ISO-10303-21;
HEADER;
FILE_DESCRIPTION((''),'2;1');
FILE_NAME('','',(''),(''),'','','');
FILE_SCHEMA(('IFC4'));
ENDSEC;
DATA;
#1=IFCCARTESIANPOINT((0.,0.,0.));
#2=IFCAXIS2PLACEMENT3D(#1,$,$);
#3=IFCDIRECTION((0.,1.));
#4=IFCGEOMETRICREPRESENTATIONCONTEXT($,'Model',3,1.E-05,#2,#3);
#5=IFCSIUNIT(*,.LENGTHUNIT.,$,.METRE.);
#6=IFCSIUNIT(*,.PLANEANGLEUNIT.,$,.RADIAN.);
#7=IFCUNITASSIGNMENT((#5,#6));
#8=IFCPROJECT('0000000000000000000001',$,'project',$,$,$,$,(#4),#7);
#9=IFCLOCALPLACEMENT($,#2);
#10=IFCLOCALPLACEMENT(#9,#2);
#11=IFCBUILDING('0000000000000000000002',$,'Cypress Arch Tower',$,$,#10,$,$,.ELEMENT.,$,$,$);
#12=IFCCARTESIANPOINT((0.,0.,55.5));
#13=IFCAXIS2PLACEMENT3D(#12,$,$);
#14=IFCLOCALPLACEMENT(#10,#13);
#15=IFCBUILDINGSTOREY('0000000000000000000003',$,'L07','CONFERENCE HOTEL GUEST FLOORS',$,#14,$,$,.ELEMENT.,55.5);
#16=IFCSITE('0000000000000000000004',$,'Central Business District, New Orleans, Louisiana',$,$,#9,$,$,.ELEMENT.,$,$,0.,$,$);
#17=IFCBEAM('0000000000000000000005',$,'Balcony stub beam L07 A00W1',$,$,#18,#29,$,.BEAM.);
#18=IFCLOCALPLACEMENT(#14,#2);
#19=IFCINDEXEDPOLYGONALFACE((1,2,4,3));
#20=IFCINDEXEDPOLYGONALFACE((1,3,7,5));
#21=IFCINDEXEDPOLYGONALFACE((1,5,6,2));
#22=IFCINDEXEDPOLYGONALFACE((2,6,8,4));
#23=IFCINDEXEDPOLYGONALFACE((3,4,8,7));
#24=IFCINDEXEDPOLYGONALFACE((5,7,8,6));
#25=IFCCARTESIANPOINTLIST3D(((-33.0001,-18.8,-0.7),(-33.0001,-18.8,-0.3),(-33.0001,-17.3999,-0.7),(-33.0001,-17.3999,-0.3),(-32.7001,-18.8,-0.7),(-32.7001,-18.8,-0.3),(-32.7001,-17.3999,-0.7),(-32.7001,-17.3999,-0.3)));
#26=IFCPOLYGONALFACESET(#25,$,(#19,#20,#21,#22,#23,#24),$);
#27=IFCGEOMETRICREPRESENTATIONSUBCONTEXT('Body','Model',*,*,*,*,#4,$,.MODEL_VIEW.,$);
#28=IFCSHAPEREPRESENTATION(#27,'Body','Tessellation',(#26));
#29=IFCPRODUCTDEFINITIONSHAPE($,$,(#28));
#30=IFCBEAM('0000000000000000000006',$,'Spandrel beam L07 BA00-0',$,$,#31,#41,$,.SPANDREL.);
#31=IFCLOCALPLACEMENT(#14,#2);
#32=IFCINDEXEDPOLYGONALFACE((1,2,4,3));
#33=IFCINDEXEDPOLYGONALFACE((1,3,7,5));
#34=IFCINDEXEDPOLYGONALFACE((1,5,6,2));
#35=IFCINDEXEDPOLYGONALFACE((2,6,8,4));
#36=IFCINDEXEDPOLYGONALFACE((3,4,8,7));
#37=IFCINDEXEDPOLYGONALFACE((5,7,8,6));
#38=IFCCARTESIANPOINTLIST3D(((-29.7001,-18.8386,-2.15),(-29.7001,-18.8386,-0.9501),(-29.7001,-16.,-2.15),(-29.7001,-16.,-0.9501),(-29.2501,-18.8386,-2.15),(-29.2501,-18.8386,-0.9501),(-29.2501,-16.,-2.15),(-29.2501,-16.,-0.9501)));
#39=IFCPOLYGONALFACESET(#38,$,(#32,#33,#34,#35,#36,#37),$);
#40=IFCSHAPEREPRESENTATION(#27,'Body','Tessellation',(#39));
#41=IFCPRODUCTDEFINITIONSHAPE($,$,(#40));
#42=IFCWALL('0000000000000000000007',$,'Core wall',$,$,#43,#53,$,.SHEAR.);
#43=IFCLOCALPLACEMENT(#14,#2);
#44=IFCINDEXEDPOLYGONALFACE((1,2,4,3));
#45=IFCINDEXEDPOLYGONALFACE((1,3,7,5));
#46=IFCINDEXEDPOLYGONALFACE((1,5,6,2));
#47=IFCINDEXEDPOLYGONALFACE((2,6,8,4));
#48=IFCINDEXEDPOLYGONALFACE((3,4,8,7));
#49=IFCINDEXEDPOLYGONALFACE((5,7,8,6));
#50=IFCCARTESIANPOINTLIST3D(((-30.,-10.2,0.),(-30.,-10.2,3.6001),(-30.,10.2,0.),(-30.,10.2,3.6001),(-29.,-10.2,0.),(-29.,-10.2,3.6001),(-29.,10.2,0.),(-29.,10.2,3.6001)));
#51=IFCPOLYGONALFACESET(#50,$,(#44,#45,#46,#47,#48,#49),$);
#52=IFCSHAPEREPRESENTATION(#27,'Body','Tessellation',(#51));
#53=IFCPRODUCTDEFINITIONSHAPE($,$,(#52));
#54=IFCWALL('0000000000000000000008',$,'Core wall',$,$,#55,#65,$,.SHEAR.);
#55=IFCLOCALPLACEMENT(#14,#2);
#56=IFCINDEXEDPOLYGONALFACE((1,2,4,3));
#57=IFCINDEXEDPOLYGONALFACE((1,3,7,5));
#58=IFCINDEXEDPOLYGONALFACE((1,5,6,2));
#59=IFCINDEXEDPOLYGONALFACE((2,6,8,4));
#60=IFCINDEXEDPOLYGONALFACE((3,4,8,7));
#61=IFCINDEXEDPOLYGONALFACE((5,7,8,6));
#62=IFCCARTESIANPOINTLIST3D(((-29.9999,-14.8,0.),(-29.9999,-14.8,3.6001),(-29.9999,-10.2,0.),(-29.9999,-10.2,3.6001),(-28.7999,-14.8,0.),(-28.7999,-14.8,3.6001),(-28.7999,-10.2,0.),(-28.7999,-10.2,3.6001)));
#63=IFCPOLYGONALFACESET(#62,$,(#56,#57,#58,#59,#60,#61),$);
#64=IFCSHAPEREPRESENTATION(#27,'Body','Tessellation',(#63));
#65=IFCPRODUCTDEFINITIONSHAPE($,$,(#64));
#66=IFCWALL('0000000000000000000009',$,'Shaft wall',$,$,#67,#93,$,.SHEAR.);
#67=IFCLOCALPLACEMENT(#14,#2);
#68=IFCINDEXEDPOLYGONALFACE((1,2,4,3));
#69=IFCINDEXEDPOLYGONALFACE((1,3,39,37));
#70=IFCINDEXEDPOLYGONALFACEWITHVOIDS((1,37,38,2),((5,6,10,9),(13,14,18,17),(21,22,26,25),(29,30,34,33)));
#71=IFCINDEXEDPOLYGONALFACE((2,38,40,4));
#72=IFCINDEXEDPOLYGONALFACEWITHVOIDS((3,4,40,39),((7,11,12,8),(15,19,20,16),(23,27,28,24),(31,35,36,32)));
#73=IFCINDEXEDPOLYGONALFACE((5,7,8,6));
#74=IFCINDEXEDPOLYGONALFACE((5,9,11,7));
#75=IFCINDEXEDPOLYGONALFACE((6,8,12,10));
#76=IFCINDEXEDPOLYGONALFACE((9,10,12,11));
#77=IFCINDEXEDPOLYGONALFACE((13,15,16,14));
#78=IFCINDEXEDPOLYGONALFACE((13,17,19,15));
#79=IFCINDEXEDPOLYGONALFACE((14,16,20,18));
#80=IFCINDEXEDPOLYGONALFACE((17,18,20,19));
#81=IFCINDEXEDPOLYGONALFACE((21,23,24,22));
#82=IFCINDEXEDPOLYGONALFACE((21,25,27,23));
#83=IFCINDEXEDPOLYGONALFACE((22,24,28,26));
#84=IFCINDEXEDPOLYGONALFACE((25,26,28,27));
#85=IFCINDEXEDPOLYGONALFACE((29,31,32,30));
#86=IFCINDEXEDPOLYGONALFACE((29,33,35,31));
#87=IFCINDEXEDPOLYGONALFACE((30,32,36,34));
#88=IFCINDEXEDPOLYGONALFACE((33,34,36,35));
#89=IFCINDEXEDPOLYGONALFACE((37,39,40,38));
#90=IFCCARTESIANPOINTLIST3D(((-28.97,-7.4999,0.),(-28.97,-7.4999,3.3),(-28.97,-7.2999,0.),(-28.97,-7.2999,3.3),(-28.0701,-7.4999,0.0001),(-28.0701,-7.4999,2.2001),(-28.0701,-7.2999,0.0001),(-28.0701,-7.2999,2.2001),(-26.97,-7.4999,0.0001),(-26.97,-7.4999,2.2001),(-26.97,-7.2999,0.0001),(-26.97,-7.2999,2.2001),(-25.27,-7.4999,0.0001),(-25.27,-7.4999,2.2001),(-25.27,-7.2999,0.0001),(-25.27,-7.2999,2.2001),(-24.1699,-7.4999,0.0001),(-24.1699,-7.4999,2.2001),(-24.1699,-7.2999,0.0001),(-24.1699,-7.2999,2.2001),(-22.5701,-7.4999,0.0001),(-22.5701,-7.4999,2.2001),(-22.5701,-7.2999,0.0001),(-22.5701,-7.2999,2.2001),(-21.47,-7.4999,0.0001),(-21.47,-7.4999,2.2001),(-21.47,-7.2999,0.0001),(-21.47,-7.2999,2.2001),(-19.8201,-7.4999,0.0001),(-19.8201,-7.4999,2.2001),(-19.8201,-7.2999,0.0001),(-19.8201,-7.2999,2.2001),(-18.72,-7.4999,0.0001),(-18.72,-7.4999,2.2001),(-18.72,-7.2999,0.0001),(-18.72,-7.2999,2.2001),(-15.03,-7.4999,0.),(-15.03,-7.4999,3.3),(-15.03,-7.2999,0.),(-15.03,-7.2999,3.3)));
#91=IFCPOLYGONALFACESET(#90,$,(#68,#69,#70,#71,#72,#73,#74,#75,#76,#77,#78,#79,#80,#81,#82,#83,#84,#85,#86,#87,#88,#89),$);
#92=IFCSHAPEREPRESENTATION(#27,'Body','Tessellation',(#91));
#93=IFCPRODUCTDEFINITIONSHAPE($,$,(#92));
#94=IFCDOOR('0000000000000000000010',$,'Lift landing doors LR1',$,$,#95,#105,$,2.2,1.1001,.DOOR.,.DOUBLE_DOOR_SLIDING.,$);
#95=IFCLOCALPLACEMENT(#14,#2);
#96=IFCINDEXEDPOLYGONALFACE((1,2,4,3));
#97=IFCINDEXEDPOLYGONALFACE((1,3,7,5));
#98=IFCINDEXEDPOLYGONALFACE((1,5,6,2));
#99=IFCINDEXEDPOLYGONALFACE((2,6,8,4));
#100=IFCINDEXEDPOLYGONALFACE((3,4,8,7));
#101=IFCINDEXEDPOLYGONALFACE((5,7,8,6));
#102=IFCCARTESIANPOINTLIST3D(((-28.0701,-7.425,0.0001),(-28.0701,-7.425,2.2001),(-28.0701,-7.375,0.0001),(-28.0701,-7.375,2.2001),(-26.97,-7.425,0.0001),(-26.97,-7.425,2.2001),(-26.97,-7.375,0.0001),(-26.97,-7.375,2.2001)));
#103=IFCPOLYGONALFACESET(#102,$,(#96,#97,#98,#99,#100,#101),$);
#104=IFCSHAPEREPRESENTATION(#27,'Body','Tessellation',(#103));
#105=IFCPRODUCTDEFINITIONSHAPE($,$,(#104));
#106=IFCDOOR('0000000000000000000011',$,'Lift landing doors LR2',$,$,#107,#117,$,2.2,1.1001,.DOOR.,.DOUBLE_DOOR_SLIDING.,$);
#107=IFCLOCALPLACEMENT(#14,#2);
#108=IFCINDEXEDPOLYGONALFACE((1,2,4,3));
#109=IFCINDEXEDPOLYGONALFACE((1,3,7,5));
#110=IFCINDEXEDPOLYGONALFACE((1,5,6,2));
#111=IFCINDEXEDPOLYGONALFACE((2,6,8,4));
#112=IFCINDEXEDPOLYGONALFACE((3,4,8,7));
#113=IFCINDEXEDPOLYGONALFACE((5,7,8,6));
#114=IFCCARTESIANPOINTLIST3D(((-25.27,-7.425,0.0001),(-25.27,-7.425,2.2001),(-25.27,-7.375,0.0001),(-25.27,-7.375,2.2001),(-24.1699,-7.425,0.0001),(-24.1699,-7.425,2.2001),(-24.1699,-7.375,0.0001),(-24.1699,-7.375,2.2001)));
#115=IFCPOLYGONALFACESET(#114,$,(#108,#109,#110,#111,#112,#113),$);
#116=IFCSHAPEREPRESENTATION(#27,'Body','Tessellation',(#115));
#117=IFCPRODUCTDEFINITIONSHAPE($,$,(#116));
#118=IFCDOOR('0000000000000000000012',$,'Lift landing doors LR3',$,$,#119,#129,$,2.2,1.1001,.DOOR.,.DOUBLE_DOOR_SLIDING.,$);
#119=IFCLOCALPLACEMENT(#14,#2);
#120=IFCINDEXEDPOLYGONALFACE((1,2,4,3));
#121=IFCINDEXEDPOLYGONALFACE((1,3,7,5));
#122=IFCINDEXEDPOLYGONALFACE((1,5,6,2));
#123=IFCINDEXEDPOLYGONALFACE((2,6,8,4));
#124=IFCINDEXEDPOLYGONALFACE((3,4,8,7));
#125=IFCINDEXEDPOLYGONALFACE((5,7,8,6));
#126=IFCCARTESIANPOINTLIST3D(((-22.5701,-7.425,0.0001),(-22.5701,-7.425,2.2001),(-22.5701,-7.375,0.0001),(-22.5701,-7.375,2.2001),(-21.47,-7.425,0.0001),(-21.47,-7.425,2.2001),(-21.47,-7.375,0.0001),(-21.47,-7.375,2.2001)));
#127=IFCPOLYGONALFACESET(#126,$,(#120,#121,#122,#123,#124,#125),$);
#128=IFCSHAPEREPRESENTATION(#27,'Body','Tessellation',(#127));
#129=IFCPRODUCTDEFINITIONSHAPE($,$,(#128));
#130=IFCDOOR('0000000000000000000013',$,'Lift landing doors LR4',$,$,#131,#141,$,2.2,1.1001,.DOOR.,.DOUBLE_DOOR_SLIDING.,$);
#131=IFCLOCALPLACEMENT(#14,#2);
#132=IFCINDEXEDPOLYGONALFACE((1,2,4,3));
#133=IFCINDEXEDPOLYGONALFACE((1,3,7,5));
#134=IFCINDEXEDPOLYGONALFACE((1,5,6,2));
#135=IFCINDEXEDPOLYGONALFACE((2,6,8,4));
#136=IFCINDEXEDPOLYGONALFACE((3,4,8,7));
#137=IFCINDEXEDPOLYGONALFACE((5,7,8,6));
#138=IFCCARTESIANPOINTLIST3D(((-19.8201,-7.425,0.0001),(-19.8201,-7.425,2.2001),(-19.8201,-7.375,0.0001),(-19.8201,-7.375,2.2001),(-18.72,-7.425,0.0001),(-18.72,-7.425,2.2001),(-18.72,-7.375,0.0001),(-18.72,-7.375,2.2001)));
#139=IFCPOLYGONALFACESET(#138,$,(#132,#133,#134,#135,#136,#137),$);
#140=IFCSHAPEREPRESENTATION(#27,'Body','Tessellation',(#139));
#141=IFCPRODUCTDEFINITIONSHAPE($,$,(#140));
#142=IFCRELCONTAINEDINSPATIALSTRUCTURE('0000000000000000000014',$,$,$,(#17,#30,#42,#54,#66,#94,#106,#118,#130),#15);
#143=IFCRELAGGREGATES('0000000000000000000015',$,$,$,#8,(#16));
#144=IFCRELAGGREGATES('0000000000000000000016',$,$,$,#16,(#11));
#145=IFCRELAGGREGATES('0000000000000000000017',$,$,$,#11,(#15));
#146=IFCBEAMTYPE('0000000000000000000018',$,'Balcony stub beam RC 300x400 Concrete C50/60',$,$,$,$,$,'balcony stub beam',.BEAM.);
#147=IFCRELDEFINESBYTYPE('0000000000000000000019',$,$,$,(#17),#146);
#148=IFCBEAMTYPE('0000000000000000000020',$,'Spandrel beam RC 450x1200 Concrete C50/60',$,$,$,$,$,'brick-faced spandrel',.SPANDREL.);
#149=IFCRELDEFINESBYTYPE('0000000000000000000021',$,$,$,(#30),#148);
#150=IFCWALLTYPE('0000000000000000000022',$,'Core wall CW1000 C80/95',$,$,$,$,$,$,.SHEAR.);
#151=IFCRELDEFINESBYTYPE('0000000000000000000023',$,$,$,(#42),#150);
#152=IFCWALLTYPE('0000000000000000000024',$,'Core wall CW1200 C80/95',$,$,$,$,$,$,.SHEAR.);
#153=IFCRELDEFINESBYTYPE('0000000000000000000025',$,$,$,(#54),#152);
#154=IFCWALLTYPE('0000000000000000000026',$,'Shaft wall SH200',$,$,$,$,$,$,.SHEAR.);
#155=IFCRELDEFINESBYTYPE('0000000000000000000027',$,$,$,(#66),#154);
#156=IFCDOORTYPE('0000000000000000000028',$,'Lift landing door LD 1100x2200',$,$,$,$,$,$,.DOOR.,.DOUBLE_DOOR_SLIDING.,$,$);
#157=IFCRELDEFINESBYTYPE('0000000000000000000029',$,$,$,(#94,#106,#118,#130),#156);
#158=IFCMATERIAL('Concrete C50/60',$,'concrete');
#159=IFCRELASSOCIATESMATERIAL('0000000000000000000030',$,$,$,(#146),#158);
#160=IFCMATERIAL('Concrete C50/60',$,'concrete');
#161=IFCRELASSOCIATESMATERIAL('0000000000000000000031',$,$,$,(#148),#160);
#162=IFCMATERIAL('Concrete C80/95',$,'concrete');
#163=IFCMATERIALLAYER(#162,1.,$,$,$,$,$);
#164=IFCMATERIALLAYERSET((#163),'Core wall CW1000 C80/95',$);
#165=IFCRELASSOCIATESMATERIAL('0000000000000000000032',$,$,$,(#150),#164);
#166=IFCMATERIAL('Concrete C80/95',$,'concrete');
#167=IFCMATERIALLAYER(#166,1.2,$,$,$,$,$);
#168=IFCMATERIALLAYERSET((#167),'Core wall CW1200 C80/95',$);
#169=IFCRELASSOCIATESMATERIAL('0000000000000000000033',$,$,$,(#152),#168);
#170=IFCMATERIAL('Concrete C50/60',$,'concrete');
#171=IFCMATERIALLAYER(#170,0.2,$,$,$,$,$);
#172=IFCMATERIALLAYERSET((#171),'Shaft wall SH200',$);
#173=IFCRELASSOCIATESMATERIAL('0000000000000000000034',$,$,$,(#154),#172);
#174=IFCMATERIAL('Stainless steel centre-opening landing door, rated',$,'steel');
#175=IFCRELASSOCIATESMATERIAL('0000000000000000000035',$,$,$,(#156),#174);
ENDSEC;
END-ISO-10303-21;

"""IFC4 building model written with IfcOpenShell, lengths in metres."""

from ifc_helpers import new_model, si_unit, direction, frame, frame_2d, origin, origin_2d, place, context, subcontext, project, spatial, rectangle, extrude, material, layer, layer_set, material_profile, profile_set, type_object, element, fill, save


model = new_model("IFC4")

# Units and contexts
model_context = context("Model", 3, precision=1e-05, world=origin(), true_north=direction((0.0, 1.0)))
body_context = subcontext(model_context, "Body", "Model", "MODEL_VIEW")
ifc_project = project(units=[si_unit("LENGTHUNIT", "METRE"), si_unit("PLANEANGLEUNIT", "RADIAN")], contexts=[model_context])

# Site, building, storey
site_placement = place(None, origin())
site = spatial("IfcSite", under=ifc_project, at=site_placement, Name="Central Business District, New Orleans, Louisiana", CompositionType="ELEMENT", RefElevation=0.0)
building_placement = place(site_placement, origin())
building = spatial("IfcBuilding", under=site, at=building_placement, Name="Cypress Arch Tower", CompositionType="ELEMENT")
storey_placement = place(building_placement, frame((0.0, 0.0, 55.5)))
storey = spatial("IfcBuildingStorey", under=building, at=storey_placement, Name="L07", Description="CONFERENCE HOTEL GUEST FLOORS", CompositionType="ELEMENT", Elevation=55.5)

# Beams
ifc_material_1 = material(Name="Concrete C50/60", Category="concrete")
ifc_material_profile_1 = material_profile(ifc_material_1, rectangle(XDim=0.3, YDim=0.3999, at=origin_2d()), Name="RC 300x400")
ifc_profile_set_1 = profile_set([ifc_material_profile_1], Name="Concrete C50/60")
beam_type_1 = type_object("IfcBeamType", Name="Balcony stub beam RC 300x400 Concrete C50/60", ElementType="balcony stub beam", PredefinedType="BEAM", material=ifc_profile_set_1)
beam_1_placement = place(storey_placement, frame((-32.8501, -17.3999, -0.5), z_axis=(0.0, -1.0, 0.0), x_axis=(1.0, 0.0, 0.0)))
element("IfcBeam", 1, at=beam_1_placement, inside=storey, type_object=beam_type_1, Name="Balcony stub beam L07 A00W1", PredefinedType="BEAM", context=body_context, shape_type="SweptSolid", body=[
    extrude(rectangle(XDim=0.3, YDim=0.3999, at=origin_2d()), origin(), (0.0, 0.0, 1.0), 1.4001),
])
ifc_material_2 = material(Name="Concrete C50/60", Category="concrete")
ifc_material_profile_2 = material_profile(ifc_material_2, rectangle(XDim=0.45, YDim=1.2, at=origin_2d()), Name="RC 450x1200")
ifc_profile_set_2 = profile_set([ifc_material_profile_2], Name="Concrete C50/60")
beam_type_2 = type_object("IfcBeamType", Name="Spandrel beam RC 450x1200 Concrete C50/60", ElementType="brick-faced spandrel", PredefinedType="SPANDREL", material=ifc_profile_set_2)
beam_2_placement = place(storey_placement, frame((-29.4751, -16.0, -1.55), z_axis=(0.0, -1.0, 0.0), x_axis=(1.0, 0.0, 0.0)))
element("IfcBeam", 2, at=beam_2_placement, inside=storey, type_object=beam_type_2, Name="Spandrel beam L07 BA00-0", PredefinedType="SPANDREL", context=body_context, shape_type="SweptSolid", body=[
    extrude(rectangle(XDim=0.45, YDim=1.2, at=origin_2d()), origin(), (0.0, 0.0, 1.0), 2.8386),
])

# Wall
ifc_material_3 = material(Name="Concrete C80/95", Category="concrete")
ifc_layer_1 = layer(ifc_material_3, 1.0)
ifc_layer_set_1 = layer_set([ifc_layer_1], Name="Core wall CW1000 C80/95")
wall_type_1 = type_object("IfcWallType", Name="Core wall CW1000 C80/95", PredefinedType="SHEAR", material=ifc_layer_set_1)
wall_1_placement = place(storey_placement, frame((-29.5, -10.2, 0.0), z_axis=(0.0, 0.0, 1.0), x_axis=(0.0, 1.0, 0.0)))
element("IfcWall", 3, at=wall_1_placement, inside=storey, type_object=wall_type_1, Name="Core wall", PredefinedType="SHEAR", context=body_context, shape_type="SweptSolid", body=[
    extrude(rectangle(XDim=20.3999, YDim=1.0, at=frame_2d((10.2, 0.0))), origin(), (0.0, 0.0, 1.0), 3.6001),
])

# Shared definitions
ifc_material_4 = material(Name="Concrete C80/95", Category="concrete")
ifc_layer_2 = layer(ifc_material_4, 1.2)
ifc_layer_set_2 = layer_set([ifc_layer_2], Name="Core wall CW1200 C80/95")
wall_type_2 = type_object("IfcWallType", Name="Core wall CW1200 C80/95", PredefinedType="SHEAR", material=ifc_layer_set_2)

# Wall
wall_2_placement = place(storey_placement, frame((-29.3999, -14.8, 0.0), z_axis=(0.0, 0.0, 1.0), x_axis=(0.0, 1.0, 0.0)))
element("IfcWall", 4, at=wall_2_placement, inside=storey, type_object=wall_type_2, Name="Core wall", PredefinedType="SHEAR", context=body_context, shape_type="SweptSolid", body=[
    extrude(rectangle(XDim=4.6001, YDim=1.2, at=frame_2d((2.3, 0.0))), origin(), (0.0, 0.0, 1.0), 3.6001),
])

# Wall, openings, doors
ifc_material_5 = material(Name="Concrete C50/60", Category="concrete")
ifc_layer_3 = layer(ifc_material_5, 0.2)
ifc_layer_set_3 = layer_set([ifc_layer_3], Name="Shaft wall SH200")
wall_type_3 = type_object("IfcWallType", Name="Shaft wall SH200", PredefinedType="SHEAR", material=ifc_layer_set_3)
wall_3_placement = place(storey_placement, frame((-28.97, -7.3999, 0.0), z_axis=(0.0, 0.0, 1.0), x_axis=(1.0, 0.0, 0.0)))
wall_3 = element("IfcWall", 5, at=wall_3_placement, inside=storey, type_object=wall_type_3, Name="Shaft wall", PredefinedType="SHEAR", context=body_context, shape_type="SweptSolid", body=[
    extrude(rectangle(XDim=13.9399, YDim=0.2, at=frame_2d((6.97, 0.0))), origin(), (0.0, 0.0, 1.0), 3.3),
])
opening_1_placement = place(wall_3_placement, frame((0.8999, 0.0, 0.0)))
opening_1 = element("IfcOpeningElement", 6, at=opening_1_placement, cuts=wall_3, PredefinedType="OPENING", context=body_context, shape_type="SweptSolid", body=[
    extrude(rectangle(XDim=1.1001, YDim=2.2, at=frame_2d((0.55, 1.1001))), frame((0.0, 0.1099, 0.0), z_axis=(0.0, -1.0, 0.0), x_axis=(1.0, 0.0, 0.0)), (0.0, 0.0, 1.0), 0.22),
])
opening_2_placement = place(wall_3_placement, frame((3.7, 0.0, 0.0)))
opening_2 = element("IfcOpeningElement", 7, at=opening_2_placement, cuts=wall_3, PredefinedType="OPENING", context=body_context, shape_type="SweptSolid", body=[
    extrude(rectangle(XDim=1.1001, YDim=2.2, at=frame_2d((0.55, 1.1001))), frame((0.0, 0.1099, 0.0), z_axis=(0.0, -1.0, 0.0), x_axis=(1.0, 0.0, 0.0)), (0.0, 0.0, 1.0), 0.22),
])
opening_3_placement = place(wall_3_placement, frame((6.3999, 0.0, 0.0)))
opening_3 = element("IfcOpeningElement", 8, at=opening_3_placement, cuts=wall_3, PredefinedType="OPENING", context=body_context, shape_type="SweptSolid", body=[
    extrude(rectangle(XDim=1.1001, YDim=2.2, at=frame_2d((0.55, 1.1001))), frame((0.0, 0.1099, 0.0), z_axis=(0.0, -1.0, 0.0), x_axis=(1.0, 0.0, 0.0)), (0.0, 0.0, 1.0), 0.22),
])
opening_4_placement = place(wall_3_placement, frame((9.1499, 0.0, 0.0)))
opening_4 = element("IfcOpeningElement", 9, at=opening_4_placement, cuts=wall_3, PredefinedType="OPENING", context=body_context, shape_type="SweptSolid", body=[
    extrude(rectangle(XDim=1.1001, YDim=2.2, at=frame_2d((0.55, 1.1001))), frame((0.0, 0.1099, 0.0), z_axis=(0.0, -1.0, 0.0), x_axis=(1.0, 0.0, 0.0)), (0.0, 0.0, 1.0), 0.22),
])
ifc_material_6 = material(Name="Stainless steel centre-opening landing door, rated", Category="steel")
door_type_1 = type_object("IfcDoorType", Name="Lift landing door LD 1100x2200", OperationType="DOUBLE_DOOR_SLIDING", PredefinedType="DOOR", material=ifc_material_6)
door_1_placement = place(opening_1_placement, origin())
door_1 = element("IfcDoor", 10, at=door_1_placement, inside=storey, type_object=door_type_1, Name="Lift landing doors LR1", OperationType="DOUBLE_DOOR_SLIDING", OverallHeight=2.2, OverallWidth=1.1001, PredefinedType="DOOR", context=body_context, shape_type="SweptSolid", body=[
    extrude(rectangle(XDim=1.1001, YDim=2.2, at=frame_2d((0.55, 1.1001))), frame((0.0, 0.0249, 0.0), z_axis=(0.0, -1.0, 0.0), x_axis=(1.0, 0.0, 0.0)), (0.0, 0.0, 1.0), 0.05),
])
fill(opening_1, door_1)
door_2_placement = place(opening_2_placement, origin())
door_2 = element("IfcDoor", 11, at=door_2_placement, inside=storey, type_object=door_type_1, Name="Lift landing doors LR2", OperationType="DOUBLE_DOOR_SLIDING", OverallHeight=2.2, OverallWidth=1.1001, PredefinedType="DOOR", context=body_context, shape_type="SweptSolid", body=[
    extrude(rectangle(XDim=1.1001, YDim=2.2, at=frame_2d((0.55, 1.1001))), frame((0.0, 0.0249, 0.0), z_axis=(0.0, -1.0, 0.0), x_axis=(1.0, 0.0, 0.0)), (0.0, 0.0, 1.0), 0.05),
])
fill(opening_2, door_2)
door_3_placement = place(opening_3_placement, origin())
door_3 = element("IfcDoor", 12, at=door_3_placement, inside=storey, type_object=door_type_1, Name="Lift landing doors LR3", OperationType="DOUBLE_DOOR_SLIDING", OverallHeight=2.2, OverallWidth=1.1001, PredefinedType="DOOR", context=body_context, shape_type="SweptSolid", body=[
    extrude(rectangle(XDim=1.1001, YDim=2.2, at=frame_2d((0.55, 1.1001))), frame((0.0, 0.0249, 0.0), z_axis=(0.0, -1.0, 0.0), x_axis=(1.0, 0.0, 0.0)), (0.0, 0.0, 1.0), 0.05),
])
fill(opening_3, door_3)
door_4_placement = place(opening_4_placement, origin())
door_4 = element("IfcDoor", 13, at=door_4_placement, inside=storey, type_object=door_type_1, Name="Lift landing doors LR4", OperationType="DOUBLE_DOOR_SLIDING", OverallHeight=2.2, OverallWidth=1.1001, PredefinedType="DOOR", context=body_context, shape_type="SweptSolid", body=[
    extrude(rectangle(XDim=1.1001, YDim=2.2, at=frame_2d((0.55, 1.1001))), frame((0.0, 0.0249, 0.0), z_axis=(0.0, -1.0, 0.0), x_axis=(1.0, 0.0, 0.0)), (0.0, 0.0, 1.0), 0.05),
])
fill(opening_4, door_4)

save(model, "model.ifc")
